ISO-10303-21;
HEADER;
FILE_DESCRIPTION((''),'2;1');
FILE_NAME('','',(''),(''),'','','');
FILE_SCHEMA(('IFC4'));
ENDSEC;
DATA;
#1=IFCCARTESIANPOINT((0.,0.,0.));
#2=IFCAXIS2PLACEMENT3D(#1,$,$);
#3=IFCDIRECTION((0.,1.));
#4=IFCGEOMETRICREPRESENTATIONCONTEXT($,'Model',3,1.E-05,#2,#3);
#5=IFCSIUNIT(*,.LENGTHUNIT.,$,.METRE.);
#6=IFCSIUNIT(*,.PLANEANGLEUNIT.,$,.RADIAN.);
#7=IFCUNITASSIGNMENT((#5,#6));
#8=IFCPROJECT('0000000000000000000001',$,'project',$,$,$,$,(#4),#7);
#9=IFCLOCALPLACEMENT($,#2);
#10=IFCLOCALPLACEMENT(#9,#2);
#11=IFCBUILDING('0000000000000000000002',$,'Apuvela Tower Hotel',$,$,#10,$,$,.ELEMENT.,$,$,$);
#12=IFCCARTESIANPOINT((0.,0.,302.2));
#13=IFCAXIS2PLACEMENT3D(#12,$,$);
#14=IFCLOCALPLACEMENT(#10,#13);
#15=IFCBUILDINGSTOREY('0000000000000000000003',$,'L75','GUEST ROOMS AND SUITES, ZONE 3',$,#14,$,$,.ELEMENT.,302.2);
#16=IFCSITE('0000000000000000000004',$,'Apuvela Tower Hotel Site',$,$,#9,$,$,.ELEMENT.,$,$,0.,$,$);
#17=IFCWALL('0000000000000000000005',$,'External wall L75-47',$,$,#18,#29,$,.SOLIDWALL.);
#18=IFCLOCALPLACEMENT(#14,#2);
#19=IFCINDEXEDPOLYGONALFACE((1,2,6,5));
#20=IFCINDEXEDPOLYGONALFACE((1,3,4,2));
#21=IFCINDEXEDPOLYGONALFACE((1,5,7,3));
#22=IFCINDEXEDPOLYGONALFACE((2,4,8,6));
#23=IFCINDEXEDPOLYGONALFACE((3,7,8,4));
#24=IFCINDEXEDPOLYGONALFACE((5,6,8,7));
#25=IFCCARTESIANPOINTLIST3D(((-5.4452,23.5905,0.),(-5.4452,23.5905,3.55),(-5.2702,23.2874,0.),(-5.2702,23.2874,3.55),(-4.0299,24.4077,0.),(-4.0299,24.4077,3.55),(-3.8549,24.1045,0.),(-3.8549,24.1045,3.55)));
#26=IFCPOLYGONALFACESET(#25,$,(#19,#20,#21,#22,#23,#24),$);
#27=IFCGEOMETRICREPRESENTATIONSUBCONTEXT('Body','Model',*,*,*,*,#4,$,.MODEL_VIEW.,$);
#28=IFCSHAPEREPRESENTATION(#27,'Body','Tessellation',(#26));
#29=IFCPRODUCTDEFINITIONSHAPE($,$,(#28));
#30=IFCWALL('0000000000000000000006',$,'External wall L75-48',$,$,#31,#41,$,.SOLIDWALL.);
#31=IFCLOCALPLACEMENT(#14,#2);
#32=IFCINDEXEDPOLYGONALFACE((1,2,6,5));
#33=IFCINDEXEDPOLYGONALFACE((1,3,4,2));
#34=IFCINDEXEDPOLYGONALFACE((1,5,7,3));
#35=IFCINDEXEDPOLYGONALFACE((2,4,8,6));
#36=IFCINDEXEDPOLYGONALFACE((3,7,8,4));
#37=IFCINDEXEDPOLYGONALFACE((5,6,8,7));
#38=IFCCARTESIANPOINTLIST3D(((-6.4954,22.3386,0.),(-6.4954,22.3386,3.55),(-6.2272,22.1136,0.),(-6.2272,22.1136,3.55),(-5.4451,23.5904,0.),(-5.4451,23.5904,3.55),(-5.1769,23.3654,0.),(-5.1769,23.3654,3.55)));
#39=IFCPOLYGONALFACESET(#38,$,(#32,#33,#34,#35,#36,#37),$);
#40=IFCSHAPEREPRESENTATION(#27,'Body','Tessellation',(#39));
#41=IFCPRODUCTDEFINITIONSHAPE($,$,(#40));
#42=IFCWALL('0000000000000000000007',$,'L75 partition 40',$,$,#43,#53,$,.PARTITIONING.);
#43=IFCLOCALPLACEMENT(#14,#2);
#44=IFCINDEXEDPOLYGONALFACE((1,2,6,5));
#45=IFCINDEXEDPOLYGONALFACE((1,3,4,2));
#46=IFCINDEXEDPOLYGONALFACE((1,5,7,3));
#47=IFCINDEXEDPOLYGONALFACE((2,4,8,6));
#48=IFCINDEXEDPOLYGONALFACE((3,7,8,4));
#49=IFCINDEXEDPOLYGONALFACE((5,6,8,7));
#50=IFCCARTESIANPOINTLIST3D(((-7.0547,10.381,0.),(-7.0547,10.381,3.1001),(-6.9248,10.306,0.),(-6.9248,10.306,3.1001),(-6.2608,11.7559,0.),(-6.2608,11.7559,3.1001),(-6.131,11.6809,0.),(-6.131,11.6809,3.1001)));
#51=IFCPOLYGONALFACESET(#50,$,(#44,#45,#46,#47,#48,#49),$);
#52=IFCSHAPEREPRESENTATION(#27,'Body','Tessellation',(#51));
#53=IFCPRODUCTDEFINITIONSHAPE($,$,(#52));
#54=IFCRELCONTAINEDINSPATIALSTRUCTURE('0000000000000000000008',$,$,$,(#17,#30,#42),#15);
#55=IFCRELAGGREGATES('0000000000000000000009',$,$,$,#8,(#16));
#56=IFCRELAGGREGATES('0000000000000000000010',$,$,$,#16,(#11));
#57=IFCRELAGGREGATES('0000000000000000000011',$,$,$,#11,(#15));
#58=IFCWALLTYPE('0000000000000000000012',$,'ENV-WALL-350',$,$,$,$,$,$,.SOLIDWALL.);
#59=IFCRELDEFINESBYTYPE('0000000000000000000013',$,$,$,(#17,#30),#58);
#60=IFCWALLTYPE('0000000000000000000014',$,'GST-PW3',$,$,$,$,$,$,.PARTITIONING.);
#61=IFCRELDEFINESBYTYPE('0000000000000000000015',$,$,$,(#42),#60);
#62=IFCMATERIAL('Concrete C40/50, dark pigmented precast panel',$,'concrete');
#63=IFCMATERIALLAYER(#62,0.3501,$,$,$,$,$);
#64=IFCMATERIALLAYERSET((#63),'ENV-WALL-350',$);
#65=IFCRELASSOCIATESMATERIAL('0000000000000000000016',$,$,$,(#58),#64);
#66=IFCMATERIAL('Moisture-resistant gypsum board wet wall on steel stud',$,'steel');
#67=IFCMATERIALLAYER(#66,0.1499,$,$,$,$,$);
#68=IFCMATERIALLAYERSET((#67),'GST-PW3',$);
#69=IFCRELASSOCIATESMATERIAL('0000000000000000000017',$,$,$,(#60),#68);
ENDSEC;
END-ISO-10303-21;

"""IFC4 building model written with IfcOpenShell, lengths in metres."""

from ifc_helpers import new_model, si_unit, direction, frame, frame_2d, origin, place, context, subcontext, project, spatial, rectangle, extrude, material, layer, layer_set, type_object, element, save


model = new_model("IFC4")

# Units and contexts
model_context = context("Model", 3, precision=1e-05, world=origin(), true_north=direction((0.0, 1.0)))
body_context = subcontext(model_context, "Body", "Model", "MODEL_VIEW")
ifc_project = project(units=[si_unit("LENGTHUNIT", "METRE"), si_unit("PLANEANGLEUNIT", "RADIAN")], contexts=[model_context])

# Site, building, storey
site_placement = place(None, origin())
site = spatial("IfcSite", under=ifc_project, at=site_placement, Name="Apuvela Tower Hotel Site", CompositionType="ELEMENT", RefElevation=0.0)
building_placement = place(site_placement, origin())
building = spatial("IfcBuilding", under=site, at=building_placement, Name="Apuvela Tower Hotel", CompositionType="ELEMENT")
storey_placement = place(building_placement, frame((0.0, 0.0, 302.2)))
storey = spatial("IfcBuildingStorey", under=building, at=storey_placement, Name="L75", Description="GUEST ROOMS AND SUITES, ZONE 3", CompositionType="ELEMENT", Elevation=302.2)

# Shared definitions
ifc_material_1 = material(Name="Concrete C40/50, dark pigmented precast panel", Category="concrete")
ifc_layer_1 = layer(ifc_material_1, 0.3501)
ifc_layer_set_1 = layer_set([ifc_layer_1], Name="ENV-WALL-350")
wall_type_1 = type_object("IfcWallType", Name="ENV-WALL-350", PredefinedType="SOLIDWALL", material=ifc_layer_set_1)

# Walls
wall_1_placement = place(storey_placement, frame((-3.9424, 24.2561, 0.0), z_axis=(0.0, 0.0, 1.0), x_axis=(-0.866019, -0.500011, 0.0)))
element("IfcWall", 1, at=wall_1_placement, inside=storey, type_object=wall_type_1, Name="External wall L75-47", PredefinedType="SOLIDWALL", context=body_context, shape_type="SweptSolid", body=[
    extrude(rectangle(XDim=1.6343, YDim=0.3501, at=frame_2d((0.8171, 0.0))), origin(), (0.0, 0.0, 1.0), 3.55),
])
wall_2_placement = place(storey_placement, frame((-5.311, 23.4778, 0.0), z_axis=(0.0, 0.0, 1.0), x_axis=(-0.642782, -0.766049, 0.0)))
element("IfcWall", 2, at=wall_2_placement, inside=storey, type_object=wall_type_1, Name="External wall L75-48", PredefinedType="SOLIDWALL", context=body_context, shape_type="SweptSolid", body=[
    extrude(rectangle(XDim=1.634, YDim=0.3501, at=frame_2d((0.8169, 0.0))), origin(), (0.0, 0.0, 1.0), 3.55),
])
ifc_material_2 = material(Name="Moisture-resistant gypsum board wet wall on steel stud", Category="steel")
ifc_layer_2 = layer(ifc_material_2, 0.1499)
ifc_layer_set_2 = layer_set([ifc_layer_2], Name="GST-PW3")
wall_type_2 = type_object("IfcWallType", Name="GST-PW3", PredefinedType="PARTITIONING", material=ifc_layer_set_2)
wall_3_placement = place(storey_placement, frame((-6.1958, 11.7185, 0.0), z_axis=(0.0, 0.0, 1.0), x_axis=(-0.500042, -0.866001, 0.0)))
element("IfcWall", 3, at=wall_3_placement, inside=storey, type_object=wall_type_2, Name="L75 partition 40", PredefinedType="PARTITIONING", context=body_context, shape_type="SweptSolid", body=[
    extrude(rectangle(XDim=1.5876, YDim=0.1499, at=frame_2d((0.7939, 0.0))), origin(), (0.0, 0.0, 1.0), 3.1001),
])

save(model, "model.ifc")
